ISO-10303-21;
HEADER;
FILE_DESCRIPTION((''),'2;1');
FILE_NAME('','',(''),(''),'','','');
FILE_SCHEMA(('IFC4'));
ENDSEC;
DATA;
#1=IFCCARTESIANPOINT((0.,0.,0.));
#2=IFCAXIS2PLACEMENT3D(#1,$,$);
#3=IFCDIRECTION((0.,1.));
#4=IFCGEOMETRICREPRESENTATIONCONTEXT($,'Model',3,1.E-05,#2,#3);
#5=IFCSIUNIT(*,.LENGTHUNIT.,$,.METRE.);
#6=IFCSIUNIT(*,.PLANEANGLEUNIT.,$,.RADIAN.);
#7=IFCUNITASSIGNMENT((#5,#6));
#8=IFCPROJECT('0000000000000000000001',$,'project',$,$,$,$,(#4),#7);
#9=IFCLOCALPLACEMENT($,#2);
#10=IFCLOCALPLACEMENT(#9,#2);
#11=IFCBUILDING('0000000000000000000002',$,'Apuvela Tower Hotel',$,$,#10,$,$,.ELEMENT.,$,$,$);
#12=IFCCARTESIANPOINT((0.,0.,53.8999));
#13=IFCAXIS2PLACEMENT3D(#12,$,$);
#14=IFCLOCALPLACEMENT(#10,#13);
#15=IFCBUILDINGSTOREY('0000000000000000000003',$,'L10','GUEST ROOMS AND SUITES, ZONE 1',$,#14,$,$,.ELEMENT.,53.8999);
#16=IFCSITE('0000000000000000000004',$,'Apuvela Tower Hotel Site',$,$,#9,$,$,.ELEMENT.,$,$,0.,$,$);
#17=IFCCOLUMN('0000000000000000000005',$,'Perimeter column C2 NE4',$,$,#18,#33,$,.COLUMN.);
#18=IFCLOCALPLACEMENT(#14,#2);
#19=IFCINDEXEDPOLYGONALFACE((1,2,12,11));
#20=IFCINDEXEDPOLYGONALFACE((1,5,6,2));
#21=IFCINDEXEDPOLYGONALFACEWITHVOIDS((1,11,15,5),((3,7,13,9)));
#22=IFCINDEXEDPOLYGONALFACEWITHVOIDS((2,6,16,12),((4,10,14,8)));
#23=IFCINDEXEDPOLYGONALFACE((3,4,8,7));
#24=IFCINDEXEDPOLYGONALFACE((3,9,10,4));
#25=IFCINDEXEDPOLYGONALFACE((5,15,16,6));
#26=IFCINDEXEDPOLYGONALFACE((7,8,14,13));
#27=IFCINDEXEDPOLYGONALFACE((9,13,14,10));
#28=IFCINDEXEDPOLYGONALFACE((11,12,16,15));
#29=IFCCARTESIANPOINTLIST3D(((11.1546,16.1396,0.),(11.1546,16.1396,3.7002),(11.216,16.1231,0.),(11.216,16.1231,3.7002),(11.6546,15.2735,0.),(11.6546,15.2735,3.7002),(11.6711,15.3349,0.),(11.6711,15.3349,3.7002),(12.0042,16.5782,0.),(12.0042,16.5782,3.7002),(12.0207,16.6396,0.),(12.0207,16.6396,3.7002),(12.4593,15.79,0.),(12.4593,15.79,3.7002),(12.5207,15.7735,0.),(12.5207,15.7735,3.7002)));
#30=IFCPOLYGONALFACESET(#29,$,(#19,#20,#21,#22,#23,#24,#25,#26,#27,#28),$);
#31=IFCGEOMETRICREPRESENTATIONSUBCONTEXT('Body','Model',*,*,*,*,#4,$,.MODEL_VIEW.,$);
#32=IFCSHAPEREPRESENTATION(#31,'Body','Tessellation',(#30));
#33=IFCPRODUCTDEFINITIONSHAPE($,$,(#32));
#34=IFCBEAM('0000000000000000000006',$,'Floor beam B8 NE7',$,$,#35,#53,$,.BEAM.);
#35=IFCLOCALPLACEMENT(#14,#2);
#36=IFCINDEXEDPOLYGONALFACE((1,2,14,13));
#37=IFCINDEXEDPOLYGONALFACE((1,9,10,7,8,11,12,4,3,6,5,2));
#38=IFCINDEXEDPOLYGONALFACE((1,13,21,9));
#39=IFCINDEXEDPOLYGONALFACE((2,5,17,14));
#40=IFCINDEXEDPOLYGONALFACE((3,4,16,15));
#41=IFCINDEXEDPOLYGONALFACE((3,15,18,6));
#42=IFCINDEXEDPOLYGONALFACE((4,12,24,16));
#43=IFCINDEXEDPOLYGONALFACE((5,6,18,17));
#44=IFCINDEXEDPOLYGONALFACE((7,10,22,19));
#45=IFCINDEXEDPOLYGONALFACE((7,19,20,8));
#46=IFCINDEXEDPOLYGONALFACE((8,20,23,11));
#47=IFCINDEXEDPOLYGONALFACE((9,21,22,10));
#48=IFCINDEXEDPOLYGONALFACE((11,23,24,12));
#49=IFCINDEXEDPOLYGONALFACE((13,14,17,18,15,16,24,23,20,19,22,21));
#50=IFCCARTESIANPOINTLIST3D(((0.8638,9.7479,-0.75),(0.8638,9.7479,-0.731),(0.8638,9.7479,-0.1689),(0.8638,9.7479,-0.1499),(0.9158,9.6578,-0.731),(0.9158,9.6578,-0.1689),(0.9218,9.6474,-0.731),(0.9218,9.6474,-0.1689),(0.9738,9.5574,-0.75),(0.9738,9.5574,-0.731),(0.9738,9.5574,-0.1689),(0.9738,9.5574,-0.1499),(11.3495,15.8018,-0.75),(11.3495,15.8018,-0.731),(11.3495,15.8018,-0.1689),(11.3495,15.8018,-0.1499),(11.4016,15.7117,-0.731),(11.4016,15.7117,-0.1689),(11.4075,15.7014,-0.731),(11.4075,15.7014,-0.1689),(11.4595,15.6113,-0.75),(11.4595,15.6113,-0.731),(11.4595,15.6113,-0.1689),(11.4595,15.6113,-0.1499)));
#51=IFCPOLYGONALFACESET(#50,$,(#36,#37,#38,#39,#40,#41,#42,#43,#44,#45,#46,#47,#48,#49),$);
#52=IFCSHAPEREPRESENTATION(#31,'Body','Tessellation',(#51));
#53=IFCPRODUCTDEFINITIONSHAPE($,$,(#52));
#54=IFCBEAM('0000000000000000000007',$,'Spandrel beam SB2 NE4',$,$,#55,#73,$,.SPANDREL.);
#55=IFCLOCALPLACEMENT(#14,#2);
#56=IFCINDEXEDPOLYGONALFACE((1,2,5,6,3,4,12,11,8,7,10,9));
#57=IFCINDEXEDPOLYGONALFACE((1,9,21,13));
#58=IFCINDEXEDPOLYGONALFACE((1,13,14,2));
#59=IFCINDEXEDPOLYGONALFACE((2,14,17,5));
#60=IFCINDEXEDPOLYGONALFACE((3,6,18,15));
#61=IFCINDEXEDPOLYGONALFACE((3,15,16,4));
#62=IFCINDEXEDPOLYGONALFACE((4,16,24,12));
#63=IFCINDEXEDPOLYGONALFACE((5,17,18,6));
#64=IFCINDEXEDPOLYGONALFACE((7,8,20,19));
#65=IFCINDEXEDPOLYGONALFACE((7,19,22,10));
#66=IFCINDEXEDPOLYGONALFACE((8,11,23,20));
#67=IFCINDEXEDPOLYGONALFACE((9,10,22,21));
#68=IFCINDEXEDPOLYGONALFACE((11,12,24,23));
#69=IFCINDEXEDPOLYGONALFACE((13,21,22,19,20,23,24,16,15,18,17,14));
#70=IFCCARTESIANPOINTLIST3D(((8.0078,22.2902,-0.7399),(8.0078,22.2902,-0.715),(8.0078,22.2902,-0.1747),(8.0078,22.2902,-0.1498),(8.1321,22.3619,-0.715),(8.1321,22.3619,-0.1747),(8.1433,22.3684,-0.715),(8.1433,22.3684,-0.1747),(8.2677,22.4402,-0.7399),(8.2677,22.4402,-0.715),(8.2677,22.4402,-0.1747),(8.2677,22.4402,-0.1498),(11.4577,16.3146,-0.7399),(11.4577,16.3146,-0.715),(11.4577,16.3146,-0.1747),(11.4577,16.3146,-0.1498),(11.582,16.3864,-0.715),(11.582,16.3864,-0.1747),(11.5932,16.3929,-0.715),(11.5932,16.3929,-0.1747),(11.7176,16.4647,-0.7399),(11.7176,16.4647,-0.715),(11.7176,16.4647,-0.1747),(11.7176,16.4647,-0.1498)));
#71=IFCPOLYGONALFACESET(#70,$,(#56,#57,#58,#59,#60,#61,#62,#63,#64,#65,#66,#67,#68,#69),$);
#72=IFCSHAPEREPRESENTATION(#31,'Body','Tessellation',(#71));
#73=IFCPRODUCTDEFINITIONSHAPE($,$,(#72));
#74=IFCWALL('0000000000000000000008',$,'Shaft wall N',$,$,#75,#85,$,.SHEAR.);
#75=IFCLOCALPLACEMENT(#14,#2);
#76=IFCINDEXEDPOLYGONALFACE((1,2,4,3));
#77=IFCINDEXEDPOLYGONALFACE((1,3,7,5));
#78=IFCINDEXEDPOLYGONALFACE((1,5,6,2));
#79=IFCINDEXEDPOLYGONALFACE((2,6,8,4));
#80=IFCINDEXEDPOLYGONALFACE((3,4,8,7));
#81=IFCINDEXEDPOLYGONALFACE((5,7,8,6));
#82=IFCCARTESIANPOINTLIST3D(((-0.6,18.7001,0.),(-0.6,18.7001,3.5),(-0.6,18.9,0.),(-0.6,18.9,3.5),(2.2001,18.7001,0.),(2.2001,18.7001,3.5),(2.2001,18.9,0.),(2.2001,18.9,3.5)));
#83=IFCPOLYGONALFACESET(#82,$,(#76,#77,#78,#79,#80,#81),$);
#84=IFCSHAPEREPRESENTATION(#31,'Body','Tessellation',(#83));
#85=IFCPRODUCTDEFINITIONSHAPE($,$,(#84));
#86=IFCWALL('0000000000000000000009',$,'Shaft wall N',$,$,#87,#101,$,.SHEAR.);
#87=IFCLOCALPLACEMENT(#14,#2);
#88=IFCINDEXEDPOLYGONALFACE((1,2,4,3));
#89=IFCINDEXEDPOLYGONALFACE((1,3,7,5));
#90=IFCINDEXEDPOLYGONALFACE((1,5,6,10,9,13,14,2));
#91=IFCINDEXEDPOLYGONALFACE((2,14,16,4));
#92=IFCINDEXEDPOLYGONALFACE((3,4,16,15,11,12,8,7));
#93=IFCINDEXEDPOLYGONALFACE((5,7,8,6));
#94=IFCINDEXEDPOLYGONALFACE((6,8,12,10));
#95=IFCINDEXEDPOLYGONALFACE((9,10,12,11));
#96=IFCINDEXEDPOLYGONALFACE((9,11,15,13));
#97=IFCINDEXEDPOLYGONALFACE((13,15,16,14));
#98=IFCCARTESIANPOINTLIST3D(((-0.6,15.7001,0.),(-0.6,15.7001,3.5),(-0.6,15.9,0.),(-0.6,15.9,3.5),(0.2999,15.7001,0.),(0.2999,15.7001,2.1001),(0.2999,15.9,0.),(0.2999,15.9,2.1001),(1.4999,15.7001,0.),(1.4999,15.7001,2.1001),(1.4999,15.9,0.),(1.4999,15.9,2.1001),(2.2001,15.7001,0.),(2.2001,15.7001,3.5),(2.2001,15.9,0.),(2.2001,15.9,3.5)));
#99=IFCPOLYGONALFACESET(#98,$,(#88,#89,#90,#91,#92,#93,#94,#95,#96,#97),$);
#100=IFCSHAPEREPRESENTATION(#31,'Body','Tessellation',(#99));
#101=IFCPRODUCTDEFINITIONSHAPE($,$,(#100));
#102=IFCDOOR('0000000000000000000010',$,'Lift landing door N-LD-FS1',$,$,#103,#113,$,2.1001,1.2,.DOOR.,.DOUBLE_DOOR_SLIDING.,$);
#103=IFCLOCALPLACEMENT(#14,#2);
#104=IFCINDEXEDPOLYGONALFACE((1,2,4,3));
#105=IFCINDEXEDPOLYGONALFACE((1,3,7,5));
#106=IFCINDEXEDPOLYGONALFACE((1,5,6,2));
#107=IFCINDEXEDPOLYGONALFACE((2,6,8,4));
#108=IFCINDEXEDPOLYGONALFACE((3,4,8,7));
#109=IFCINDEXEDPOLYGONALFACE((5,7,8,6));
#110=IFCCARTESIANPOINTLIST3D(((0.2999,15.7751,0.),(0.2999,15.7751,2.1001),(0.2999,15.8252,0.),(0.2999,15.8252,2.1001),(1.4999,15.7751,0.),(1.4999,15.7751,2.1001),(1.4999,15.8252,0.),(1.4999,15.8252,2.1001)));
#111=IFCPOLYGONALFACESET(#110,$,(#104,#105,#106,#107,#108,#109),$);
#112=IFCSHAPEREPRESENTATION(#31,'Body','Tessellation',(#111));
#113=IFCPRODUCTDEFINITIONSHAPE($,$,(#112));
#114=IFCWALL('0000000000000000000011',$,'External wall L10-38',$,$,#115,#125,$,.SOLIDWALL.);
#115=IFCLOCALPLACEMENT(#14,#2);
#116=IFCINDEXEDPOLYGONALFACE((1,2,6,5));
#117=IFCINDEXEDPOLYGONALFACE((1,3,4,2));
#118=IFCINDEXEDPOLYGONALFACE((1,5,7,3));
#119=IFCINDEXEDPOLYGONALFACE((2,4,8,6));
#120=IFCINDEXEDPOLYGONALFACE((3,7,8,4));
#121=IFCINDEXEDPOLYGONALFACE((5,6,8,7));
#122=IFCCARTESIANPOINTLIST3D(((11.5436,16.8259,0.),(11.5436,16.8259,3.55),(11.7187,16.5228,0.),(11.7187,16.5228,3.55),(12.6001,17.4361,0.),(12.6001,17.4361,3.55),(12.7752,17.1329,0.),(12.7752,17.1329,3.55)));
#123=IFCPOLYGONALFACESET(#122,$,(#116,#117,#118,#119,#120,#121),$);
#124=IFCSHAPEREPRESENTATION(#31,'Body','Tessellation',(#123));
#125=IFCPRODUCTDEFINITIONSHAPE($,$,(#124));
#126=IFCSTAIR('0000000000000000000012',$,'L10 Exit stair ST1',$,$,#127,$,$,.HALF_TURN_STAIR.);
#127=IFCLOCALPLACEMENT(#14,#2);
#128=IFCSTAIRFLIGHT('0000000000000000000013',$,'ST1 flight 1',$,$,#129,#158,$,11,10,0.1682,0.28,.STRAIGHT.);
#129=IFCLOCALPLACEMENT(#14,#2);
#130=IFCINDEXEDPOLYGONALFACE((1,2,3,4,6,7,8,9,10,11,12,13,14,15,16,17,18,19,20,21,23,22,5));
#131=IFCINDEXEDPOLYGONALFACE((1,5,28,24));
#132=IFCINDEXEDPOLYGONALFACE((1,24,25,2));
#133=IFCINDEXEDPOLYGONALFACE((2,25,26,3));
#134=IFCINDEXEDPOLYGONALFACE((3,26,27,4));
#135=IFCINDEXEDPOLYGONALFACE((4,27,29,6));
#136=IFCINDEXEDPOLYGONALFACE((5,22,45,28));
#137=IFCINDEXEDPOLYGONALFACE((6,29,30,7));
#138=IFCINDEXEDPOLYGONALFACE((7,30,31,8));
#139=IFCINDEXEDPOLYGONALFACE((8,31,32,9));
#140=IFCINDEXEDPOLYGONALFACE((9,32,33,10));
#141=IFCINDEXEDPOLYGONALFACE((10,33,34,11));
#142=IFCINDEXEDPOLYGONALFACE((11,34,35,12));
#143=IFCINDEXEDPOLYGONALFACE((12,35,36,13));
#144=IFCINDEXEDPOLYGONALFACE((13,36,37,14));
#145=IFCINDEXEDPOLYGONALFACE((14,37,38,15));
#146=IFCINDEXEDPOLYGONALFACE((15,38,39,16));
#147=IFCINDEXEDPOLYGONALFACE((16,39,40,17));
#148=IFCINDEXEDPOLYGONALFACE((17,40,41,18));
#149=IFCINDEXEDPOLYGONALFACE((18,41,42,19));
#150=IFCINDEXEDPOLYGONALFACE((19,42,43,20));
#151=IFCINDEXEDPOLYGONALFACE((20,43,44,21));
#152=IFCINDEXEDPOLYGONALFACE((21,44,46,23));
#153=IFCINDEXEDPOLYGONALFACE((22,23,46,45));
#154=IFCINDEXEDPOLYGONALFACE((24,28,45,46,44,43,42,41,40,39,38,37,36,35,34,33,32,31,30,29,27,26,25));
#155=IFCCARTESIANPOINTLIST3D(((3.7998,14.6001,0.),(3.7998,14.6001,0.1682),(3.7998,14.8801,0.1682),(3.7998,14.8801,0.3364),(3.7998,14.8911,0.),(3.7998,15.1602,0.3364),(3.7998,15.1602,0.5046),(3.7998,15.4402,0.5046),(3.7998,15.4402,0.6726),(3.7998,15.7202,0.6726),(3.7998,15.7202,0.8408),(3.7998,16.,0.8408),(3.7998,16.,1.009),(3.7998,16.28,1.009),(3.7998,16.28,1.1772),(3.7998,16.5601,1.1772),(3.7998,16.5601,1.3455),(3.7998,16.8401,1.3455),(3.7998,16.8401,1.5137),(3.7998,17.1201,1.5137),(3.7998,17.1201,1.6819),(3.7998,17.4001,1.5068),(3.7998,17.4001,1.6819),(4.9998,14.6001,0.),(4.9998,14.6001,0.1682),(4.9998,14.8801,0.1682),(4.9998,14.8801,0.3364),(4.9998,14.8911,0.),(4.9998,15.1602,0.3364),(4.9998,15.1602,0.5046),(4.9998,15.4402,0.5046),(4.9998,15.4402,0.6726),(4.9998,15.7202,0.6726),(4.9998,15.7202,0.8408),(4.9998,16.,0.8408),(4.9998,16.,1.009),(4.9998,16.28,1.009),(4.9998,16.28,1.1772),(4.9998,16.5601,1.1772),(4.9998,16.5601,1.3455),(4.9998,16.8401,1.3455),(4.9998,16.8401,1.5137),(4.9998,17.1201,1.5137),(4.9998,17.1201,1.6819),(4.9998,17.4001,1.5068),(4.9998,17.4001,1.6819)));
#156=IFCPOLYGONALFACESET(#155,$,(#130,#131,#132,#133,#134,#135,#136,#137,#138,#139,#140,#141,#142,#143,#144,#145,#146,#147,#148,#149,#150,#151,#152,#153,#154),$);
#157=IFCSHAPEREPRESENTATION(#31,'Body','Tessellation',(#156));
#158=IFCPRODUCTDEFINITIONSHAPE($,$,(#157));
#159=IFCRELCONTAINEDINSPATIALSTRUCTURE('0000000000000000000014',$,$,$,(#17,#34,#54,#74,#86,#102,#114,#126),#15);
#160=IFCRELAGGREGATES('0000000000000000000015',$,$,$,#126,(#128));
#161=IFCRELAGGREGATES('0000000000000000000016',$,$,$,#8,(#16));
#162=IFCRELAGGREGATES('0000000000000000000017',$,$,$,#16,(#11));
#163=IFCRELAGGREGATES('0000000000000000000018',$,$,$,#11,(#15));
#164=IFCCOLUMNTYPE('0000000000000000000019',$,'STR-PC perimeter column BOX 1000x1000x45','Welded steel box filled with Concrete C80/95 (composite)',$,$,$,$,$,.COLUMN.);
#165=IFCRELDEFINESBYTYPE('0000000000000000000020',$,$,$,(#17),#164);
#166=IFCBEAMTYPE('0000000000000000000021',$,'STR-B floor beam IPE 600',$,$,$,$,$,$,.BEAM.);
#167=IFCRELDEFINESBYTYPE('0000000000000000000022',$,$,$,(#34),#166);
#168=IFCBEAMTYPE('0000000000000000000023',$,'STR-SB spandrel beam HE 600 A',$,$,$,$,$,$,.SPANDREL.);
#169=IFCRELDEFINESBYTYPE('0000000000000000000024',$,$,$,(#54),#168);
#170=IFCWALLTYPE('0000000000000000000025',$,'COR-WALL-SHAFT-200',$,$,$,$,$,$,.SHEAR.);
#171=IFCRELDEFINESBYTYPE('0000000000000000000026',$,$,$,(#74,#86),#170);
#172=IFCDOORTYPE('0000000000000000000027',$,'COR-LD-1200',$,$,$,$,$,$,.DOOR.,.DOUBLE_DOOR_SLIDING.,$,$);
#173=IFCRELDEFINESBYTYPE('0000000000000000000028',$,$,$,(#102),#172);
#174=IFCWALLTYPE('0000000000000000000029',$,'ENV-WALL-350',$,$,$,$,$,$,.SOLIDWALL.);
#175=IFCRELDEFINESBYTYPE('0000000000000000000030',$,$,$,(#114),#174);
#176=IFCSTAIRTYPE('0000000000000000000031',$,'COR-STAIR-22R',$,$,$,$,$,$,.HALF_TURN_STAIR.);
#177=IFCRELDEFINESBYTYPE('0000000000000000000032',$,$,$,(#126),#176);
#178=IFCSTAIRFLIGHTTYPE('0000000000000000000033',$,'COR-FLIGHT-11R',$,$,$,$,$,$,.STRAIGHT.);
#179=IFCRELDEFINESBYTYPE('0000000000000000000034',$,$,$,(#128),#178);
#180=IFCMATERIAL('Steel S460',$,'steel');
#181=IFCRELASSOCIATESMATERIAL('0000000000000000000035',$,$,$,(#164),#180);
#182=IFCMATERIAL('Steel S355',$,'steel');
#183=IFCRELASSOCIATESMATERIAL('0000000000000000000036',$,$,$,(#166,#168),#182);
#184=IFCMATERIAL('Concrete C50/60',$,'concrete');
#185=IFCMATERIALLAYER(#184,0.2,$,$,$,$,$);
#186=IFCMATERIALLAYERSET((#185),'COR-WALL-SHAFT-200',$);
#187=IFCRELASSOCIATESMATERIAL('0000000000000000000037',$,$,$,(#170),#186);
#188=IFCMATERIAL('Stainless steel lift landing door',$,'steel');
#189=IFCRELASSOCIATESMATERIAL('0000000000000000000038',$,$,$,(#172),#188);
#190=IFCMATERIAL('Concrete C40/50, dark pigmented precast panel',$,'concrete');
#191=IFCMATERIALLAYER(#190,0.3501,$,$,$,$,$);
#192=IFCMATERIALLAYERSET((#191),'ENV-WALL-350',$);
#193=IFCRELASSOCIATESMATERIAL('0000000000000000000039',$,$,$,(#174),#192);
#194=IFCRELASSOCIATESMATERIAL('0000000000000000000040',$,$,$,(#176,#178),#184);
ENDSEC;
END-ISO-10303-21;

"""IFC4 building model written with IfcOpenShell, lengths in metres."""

from ifc_helpers import new_model, si_unit, direction, frame, frame_2d, origin, origin_2d, place, context, subcontext, project, spatial, polyline, rectangle, hollow_rectangle, i_section, outline, extrude, material, layer, layer_set, material_profile, profile_set, type_object, element, fill, aggregate, save


model = new_model("IFC4")

# Units and contexts
model_context = context("Model", 3, precision=1e-05, world=origin(), true_north=direction((0.0, 1.0)))
body_context = subcontext(model_context, "Body", "Model", "MODEL_VIEW")
ifc_project = project(units=[si_unit("LENGTHUNIT", "METRE"), si_unit("PLANEANGLEUNIT", "RADIAN")], contexts=[model_context])

# Site, building, storey
site_placement = place(None, origin())
site = spatial("IfcSite", under=ifc_project, at=site_placement, Name="Apuvela Tower Hotel Site", CompositionType="ELEMENT", RefElevation=0.0)
building_placement = place(site_placement, origin())
building = spatial("IfcBuilding", under=site, at=building_placement, Name="Apuvela Tower Hotel", CompositionType="ELEMENT")
storey_placement = place(building_placement, frame((0.0, 0.0, 53.8999)))
storey = spatial("IfcBuildingStorey", under=building, at=storey_placement, Name="L10", Description="GUEST ROOMS AND SUITES, ZONE 1", CompositionType="ELEMENT", Elevation=53.8999)

# Column
ifc_material_1 = material(Name="Steel S460", Category="steel")
ifc_material_profile_1 = material_profile(ifc_material_1, hollow_rectangle(XDim=1.0, YDim=1.0, WallThickness=0.0449, at=origin_2d()), Name="BOX 1000x1000x45")
ifc_material_2 = material(Name="Concrete C80/95", Category="concrete")
ifc_material_profile_2 = material_profile(ifc_material_2, rectangle(XDim=0.9099, YDim=0.9099, at=origin_2d()), Name="Concrete C80/95 infill")
ifc_profile_set_1 = profile_set([ifc_material_profile_1, ifc_material_profile_2], Name="Steel S460")
column_type = type_object("IfcColumnType", Name="STR-PC perimeter column BOX 1000x1000x45", Description="Welded steel box filled with Concrete C80/95 (composite)", PredefinedType="COLUMN", material=ifc_profile_set_1)
column_placement = place(storey_placement, frame((11.8376, 15.9565, 0.0), z_axis=(0.0, 0.0, 1.0), x_axis=(-0.5, 0.866025, 0.0)))
element("IfcColumn", 1, at=column_placement, inside=storey, type_object=column_type, Name="Perimeter column C2 NE4", PredefinedType="COLUMN", context=body_context, shape_type="SweptSolid", body=[
    extrude(hollow_rectangle(XDim=1.0, YDim=1.0, WallThickness=0.0449, at=origin_2d()), origin(), (0.0, 0.0, 1.0), 3.7002),
])

# Beams
ifc_material_3 = material(Name="Steel S355", Category="steel")
ifc_material_profile_3 = material_profile(ifc_material_3, i_section(OverallWidth=0.22, OverallDepth=0.6001, WebThickness=0.012, FlangeThickness=0.019, at=origin_2d()), Name="IPE 600")
ifc_profile_set_2 = profile_set([ifc_material_profile_3], Name="Steel S355")
beam_type_1 = type_object("IfcBeamType", Name="STR-B floor beam IPE 600", PredefinedType="BEAM", material=ifc_profile_set_2)
beam_1_placement = place(storey_placement, frame((11.4045, 15.7065, -0.45), z_axis=(-0.866027, -0.499997, 0.0), x_axis=(0.499997, -0.866027, 0.0)))
element("IfcBeam", 2, at=beam_1_placement, inside=storey, type_object=beam_type_1, Name="Floor beam B8 NE7", PredefinedType="BEAM", context=body_context, shape_type="SweptSolid", body=[
    extrude(i_section(OverallWidth=0.22, OverallDepth=0.6001, WebThickness=0.012, FlangeThickness=0.019, at=origin_2d()), origin(), (0.0, 0.0, 1.0), 12.1079),
])
ifc_material_profile_4 = material_profile(ifc_material_3, i_section(OverallWidth=0.3, OverallDepth=0.5901, WebThickness=0.0129, FlangeThickness=0.0249, at=origin_2d()), Name="HE 600 A")
ifc_profile_set_3 = profile_set([ifc_material_profile_4], Name="Steel S355")
beam_type_2 = type_object("IfcBeamType", Name="STR-SB spandrel beam HE 600 A", PredefinedType="SPANDREL", material=ifc_profile_set_3)
beam_2_placement = place(storey_placement, frame((11.5876, 16.3896, -0.4448), z_axis=(-0.499994, 0.866029, 0.0), x_axis=(-0.866029, -0.499994, 0.0)))
element("IfcBeam", 3, at=beam_2_placement, inside=storey, type_object=beam_type_2, Name="Spandrel beam SB2 NE4", PredefinedType="SPANDREL", context=body_context, shape_type="SweptSolid", body=[
    extrude(i_section(OverallWidth=0.3, OverallDepth=0.5901, WebThickness=0.0129, FlangeThickness=0.0249, at=origin_2d()), origin(), (0.0, 0.0, 1.0), 6.8999),
])

# Wall
ifc_material_4 = material(Name="Concrete C50/60", Category="concrete")
ifc_layer_1 = layer(ifc_material_4, 0.2)
ifc_layer_set_1 = layer_set([ifc_layer_1], Name="COR-WALL-SHAFT-200")
wall_type_1 = type_object("IfcWallType", Name="COR-WALL-SHAFT-200", PredefinedType="SHEAR", material=ifc_layer_set_1)
wall_1_placement = place(storey_placement, frame((2.2, 18.8, 0.0), z_axis=(0.0, 0.0, 1.0), x_axis=(-1.0, 0.0, 0.0)))
element("IfcWall", 4, at=wall_1_placement, inside=storey, type_object=wall_type_1, Name="Shaft wall N", PredefinedType="SHEAR", context=body_context, shape_type="SweptSolid", body=[
    extrude(rectangle(XDim=2.8, YDim=0.2, at=frame_2d((1.3999, 0.0))), origin(), (0.0, 0.0, 1.0), 3.5),
])

# Wall, opening, door
wall_2_placement = place(storey_placement, frame((2.2, 15.8, 0.0), z_axis=(0.0, 0.0, 1.0), x_axis=(-1.0, 0.0, 0.0)))
wall_2 = element("IfcWall", 5, at=wall_2_placement, inside=storey, type_object=wall_type_1, Name="Shaft wall N", PredefinedType="SHEAR", context=body_context, shape_type="SweptSolid", body=[
    extrude(rectangle(XDim=2.8, YDim=0.2, at=frame_2d((1.3999, 0.0))), origin(), (0.0, 0.0, 1.0), 3.5),
])
opening_1_placement = place(wall_2_placement, frame((0.7, 0.0, 0.0)))
opening_1 = element("IfcOpeningElement", 6, at=opening_1_placement, cuts=wall_2, PredefinedType="OPENING", context=body_context, shape_type="SweptSolid", body=[
    extrude(rectangle(XDim=1.2, YDim=2.1001, at=frame_2d((0.6001, 1.05))), frame((0.0, 0.1099, 0.0), z_axis=(0.0, -1.0, 0.0), x_axis=(1.0, 0.0, 0.0)), (0.0, 0.0, 1.0), 0.22),
])
ifc_material_5 = material(Name="Stainless steel lift landing door", Category="steel")
door_type_1 = type_object("IfcDoorType", Name="COR-LD-1200", OperationType="DOUBLE_DOOR_SLIDING", PredefinedType="DOOR", material=ifc_material_5)
door_1_placement = place(opening_1_placement, origin())
door_1 = element("IfcDoor", 7, at=door_1_placement, inside=storey, type_object=door_type_1, Name="Lift landing door N-LD-FS1", OperationType="DOUBLE_DOOR_SLIDING", OverallHeight=2.1001, OverallWidth=1.2, PredefinedType="DOOR", context=body_context, shape_type="SweptSolid", body=[
    extrude(rectangle(XDim=1.2, YDim=2.1001, at=frame_2d((0.6001, 1.05))), frame((0.0, 0.0249, 0.0), z_axis=(0.0, -1.0, 0.0), x_axis=(1.0, 0.0, 0.0)), (0.0, 0.0, 1.0), 0.05),
])
fill(opening_1, door_1)

# Wall
ifc_material_6 = material(Name="Concrete C40/50, dark pigmented precast panel", Category="concrete")
ifc_layer_2 = layer(ifc_material_6, 0.3501)
ifc_layer_set_2 = layer_set([ifc_layer_2], Name="ENV-WALL-350")
wall_type_2 = type_object("IfcWallType", Name="ENV-WALL-350", PredefinedType="SOLIDWALL", material=ifc_layer_set_2)
wall_3_placement = place(storey_placement, frame((12.6875, 17.2844, 0.0), z_axis=(0.0, 0.0, 1.0), x_axis=(-0.865956, -0.500121, 0.0)))
element("IfcWall", 8, at=wall_3_placement, inside=storey, type_object=wall_type_2, Name="External wall L10-38", PredefinedType="SOLIDWALL", context=body_context, shape_type="SweptSolid", body=[
    extrude(rectangle(XDim=1.22, YDim=0.3501, at=frame_2d((0.6099, 0.0))), origin(), (0.0, 0.0, 1.0), 3.55),
])

# Stair, stair flight
stair_type = type_object("IfcStairType", Name="COR-STAIR-22R", PredefinedType="HALF_TURN_STAIR", material=ifc_material_4)
stair_placement = place(storey_placement, origin())
stair = element("IfcStair", 9, at=stair_placement, inside=storey, type_object=stair_type, Name="L10 Exit stair ST1", PredefinedType="HALF_TURN_STAIR")
stair_flight_type = type_object("IfcStairFlightType", Name="COR-FLIGHT-11R", PredefinedType="STRAIGHT", material=ifc_material_4)
stair_flight_1_placement = place(storey_placement, frame((4.3999, 14.6001, 0.0), z_axis=(0.0, 0.0, 1.0), x_axis=(0.0, 1.0, 0.0)))
stair_flight_1 = element("IfcStairFlight", 10, at=stair_flight_1_placement, type_object=stair_flight_type, Name="ST1 flight 1", NumberOfRisers=11, NumberOfTreads=10, PredefinedType="STRAIGHT", RiserHeight=0.1682, TreadLength=0.28, context=body_context, shape_type="SweptSolid", body=[
    extrude(outline(polyline([(0.0, 0.0), (0.0, 0.1682), (0.28, 0.1682), (0.28, 0.3364), (0.5601, 0.3364), (0.5601, 0.5046), (0.8401, 0.5046), (0.8401, 0.6726), (1.1201, 0.6726), (1.1201, 0.8408), (1.3999, 0.8408), (1.3999, 1.009), (1.6799, 1.009), (1.6799, 1.1772), (1.96, 1.1772), (1.96, 1.3455), (2.24, 1.3455), (2.24, 1.5137), (2.52, 1.5137), (2.52, 1.6819), (2.8, 1.6819), (2.8, 1.8501), (2.8, 1.5068), (0.291, 0.0), (0.0, 0.0)])), frame((0.0, 0.6001, 0.0), z_axis=(0.0, -1.0, 0.0), x_axis=(1.0, 0.0, 0.0)), (0.0, 0.0, 1.0), 1.2),
])
aggregate(stair, [stair_flight_1])

save(model, "model.ifc")
